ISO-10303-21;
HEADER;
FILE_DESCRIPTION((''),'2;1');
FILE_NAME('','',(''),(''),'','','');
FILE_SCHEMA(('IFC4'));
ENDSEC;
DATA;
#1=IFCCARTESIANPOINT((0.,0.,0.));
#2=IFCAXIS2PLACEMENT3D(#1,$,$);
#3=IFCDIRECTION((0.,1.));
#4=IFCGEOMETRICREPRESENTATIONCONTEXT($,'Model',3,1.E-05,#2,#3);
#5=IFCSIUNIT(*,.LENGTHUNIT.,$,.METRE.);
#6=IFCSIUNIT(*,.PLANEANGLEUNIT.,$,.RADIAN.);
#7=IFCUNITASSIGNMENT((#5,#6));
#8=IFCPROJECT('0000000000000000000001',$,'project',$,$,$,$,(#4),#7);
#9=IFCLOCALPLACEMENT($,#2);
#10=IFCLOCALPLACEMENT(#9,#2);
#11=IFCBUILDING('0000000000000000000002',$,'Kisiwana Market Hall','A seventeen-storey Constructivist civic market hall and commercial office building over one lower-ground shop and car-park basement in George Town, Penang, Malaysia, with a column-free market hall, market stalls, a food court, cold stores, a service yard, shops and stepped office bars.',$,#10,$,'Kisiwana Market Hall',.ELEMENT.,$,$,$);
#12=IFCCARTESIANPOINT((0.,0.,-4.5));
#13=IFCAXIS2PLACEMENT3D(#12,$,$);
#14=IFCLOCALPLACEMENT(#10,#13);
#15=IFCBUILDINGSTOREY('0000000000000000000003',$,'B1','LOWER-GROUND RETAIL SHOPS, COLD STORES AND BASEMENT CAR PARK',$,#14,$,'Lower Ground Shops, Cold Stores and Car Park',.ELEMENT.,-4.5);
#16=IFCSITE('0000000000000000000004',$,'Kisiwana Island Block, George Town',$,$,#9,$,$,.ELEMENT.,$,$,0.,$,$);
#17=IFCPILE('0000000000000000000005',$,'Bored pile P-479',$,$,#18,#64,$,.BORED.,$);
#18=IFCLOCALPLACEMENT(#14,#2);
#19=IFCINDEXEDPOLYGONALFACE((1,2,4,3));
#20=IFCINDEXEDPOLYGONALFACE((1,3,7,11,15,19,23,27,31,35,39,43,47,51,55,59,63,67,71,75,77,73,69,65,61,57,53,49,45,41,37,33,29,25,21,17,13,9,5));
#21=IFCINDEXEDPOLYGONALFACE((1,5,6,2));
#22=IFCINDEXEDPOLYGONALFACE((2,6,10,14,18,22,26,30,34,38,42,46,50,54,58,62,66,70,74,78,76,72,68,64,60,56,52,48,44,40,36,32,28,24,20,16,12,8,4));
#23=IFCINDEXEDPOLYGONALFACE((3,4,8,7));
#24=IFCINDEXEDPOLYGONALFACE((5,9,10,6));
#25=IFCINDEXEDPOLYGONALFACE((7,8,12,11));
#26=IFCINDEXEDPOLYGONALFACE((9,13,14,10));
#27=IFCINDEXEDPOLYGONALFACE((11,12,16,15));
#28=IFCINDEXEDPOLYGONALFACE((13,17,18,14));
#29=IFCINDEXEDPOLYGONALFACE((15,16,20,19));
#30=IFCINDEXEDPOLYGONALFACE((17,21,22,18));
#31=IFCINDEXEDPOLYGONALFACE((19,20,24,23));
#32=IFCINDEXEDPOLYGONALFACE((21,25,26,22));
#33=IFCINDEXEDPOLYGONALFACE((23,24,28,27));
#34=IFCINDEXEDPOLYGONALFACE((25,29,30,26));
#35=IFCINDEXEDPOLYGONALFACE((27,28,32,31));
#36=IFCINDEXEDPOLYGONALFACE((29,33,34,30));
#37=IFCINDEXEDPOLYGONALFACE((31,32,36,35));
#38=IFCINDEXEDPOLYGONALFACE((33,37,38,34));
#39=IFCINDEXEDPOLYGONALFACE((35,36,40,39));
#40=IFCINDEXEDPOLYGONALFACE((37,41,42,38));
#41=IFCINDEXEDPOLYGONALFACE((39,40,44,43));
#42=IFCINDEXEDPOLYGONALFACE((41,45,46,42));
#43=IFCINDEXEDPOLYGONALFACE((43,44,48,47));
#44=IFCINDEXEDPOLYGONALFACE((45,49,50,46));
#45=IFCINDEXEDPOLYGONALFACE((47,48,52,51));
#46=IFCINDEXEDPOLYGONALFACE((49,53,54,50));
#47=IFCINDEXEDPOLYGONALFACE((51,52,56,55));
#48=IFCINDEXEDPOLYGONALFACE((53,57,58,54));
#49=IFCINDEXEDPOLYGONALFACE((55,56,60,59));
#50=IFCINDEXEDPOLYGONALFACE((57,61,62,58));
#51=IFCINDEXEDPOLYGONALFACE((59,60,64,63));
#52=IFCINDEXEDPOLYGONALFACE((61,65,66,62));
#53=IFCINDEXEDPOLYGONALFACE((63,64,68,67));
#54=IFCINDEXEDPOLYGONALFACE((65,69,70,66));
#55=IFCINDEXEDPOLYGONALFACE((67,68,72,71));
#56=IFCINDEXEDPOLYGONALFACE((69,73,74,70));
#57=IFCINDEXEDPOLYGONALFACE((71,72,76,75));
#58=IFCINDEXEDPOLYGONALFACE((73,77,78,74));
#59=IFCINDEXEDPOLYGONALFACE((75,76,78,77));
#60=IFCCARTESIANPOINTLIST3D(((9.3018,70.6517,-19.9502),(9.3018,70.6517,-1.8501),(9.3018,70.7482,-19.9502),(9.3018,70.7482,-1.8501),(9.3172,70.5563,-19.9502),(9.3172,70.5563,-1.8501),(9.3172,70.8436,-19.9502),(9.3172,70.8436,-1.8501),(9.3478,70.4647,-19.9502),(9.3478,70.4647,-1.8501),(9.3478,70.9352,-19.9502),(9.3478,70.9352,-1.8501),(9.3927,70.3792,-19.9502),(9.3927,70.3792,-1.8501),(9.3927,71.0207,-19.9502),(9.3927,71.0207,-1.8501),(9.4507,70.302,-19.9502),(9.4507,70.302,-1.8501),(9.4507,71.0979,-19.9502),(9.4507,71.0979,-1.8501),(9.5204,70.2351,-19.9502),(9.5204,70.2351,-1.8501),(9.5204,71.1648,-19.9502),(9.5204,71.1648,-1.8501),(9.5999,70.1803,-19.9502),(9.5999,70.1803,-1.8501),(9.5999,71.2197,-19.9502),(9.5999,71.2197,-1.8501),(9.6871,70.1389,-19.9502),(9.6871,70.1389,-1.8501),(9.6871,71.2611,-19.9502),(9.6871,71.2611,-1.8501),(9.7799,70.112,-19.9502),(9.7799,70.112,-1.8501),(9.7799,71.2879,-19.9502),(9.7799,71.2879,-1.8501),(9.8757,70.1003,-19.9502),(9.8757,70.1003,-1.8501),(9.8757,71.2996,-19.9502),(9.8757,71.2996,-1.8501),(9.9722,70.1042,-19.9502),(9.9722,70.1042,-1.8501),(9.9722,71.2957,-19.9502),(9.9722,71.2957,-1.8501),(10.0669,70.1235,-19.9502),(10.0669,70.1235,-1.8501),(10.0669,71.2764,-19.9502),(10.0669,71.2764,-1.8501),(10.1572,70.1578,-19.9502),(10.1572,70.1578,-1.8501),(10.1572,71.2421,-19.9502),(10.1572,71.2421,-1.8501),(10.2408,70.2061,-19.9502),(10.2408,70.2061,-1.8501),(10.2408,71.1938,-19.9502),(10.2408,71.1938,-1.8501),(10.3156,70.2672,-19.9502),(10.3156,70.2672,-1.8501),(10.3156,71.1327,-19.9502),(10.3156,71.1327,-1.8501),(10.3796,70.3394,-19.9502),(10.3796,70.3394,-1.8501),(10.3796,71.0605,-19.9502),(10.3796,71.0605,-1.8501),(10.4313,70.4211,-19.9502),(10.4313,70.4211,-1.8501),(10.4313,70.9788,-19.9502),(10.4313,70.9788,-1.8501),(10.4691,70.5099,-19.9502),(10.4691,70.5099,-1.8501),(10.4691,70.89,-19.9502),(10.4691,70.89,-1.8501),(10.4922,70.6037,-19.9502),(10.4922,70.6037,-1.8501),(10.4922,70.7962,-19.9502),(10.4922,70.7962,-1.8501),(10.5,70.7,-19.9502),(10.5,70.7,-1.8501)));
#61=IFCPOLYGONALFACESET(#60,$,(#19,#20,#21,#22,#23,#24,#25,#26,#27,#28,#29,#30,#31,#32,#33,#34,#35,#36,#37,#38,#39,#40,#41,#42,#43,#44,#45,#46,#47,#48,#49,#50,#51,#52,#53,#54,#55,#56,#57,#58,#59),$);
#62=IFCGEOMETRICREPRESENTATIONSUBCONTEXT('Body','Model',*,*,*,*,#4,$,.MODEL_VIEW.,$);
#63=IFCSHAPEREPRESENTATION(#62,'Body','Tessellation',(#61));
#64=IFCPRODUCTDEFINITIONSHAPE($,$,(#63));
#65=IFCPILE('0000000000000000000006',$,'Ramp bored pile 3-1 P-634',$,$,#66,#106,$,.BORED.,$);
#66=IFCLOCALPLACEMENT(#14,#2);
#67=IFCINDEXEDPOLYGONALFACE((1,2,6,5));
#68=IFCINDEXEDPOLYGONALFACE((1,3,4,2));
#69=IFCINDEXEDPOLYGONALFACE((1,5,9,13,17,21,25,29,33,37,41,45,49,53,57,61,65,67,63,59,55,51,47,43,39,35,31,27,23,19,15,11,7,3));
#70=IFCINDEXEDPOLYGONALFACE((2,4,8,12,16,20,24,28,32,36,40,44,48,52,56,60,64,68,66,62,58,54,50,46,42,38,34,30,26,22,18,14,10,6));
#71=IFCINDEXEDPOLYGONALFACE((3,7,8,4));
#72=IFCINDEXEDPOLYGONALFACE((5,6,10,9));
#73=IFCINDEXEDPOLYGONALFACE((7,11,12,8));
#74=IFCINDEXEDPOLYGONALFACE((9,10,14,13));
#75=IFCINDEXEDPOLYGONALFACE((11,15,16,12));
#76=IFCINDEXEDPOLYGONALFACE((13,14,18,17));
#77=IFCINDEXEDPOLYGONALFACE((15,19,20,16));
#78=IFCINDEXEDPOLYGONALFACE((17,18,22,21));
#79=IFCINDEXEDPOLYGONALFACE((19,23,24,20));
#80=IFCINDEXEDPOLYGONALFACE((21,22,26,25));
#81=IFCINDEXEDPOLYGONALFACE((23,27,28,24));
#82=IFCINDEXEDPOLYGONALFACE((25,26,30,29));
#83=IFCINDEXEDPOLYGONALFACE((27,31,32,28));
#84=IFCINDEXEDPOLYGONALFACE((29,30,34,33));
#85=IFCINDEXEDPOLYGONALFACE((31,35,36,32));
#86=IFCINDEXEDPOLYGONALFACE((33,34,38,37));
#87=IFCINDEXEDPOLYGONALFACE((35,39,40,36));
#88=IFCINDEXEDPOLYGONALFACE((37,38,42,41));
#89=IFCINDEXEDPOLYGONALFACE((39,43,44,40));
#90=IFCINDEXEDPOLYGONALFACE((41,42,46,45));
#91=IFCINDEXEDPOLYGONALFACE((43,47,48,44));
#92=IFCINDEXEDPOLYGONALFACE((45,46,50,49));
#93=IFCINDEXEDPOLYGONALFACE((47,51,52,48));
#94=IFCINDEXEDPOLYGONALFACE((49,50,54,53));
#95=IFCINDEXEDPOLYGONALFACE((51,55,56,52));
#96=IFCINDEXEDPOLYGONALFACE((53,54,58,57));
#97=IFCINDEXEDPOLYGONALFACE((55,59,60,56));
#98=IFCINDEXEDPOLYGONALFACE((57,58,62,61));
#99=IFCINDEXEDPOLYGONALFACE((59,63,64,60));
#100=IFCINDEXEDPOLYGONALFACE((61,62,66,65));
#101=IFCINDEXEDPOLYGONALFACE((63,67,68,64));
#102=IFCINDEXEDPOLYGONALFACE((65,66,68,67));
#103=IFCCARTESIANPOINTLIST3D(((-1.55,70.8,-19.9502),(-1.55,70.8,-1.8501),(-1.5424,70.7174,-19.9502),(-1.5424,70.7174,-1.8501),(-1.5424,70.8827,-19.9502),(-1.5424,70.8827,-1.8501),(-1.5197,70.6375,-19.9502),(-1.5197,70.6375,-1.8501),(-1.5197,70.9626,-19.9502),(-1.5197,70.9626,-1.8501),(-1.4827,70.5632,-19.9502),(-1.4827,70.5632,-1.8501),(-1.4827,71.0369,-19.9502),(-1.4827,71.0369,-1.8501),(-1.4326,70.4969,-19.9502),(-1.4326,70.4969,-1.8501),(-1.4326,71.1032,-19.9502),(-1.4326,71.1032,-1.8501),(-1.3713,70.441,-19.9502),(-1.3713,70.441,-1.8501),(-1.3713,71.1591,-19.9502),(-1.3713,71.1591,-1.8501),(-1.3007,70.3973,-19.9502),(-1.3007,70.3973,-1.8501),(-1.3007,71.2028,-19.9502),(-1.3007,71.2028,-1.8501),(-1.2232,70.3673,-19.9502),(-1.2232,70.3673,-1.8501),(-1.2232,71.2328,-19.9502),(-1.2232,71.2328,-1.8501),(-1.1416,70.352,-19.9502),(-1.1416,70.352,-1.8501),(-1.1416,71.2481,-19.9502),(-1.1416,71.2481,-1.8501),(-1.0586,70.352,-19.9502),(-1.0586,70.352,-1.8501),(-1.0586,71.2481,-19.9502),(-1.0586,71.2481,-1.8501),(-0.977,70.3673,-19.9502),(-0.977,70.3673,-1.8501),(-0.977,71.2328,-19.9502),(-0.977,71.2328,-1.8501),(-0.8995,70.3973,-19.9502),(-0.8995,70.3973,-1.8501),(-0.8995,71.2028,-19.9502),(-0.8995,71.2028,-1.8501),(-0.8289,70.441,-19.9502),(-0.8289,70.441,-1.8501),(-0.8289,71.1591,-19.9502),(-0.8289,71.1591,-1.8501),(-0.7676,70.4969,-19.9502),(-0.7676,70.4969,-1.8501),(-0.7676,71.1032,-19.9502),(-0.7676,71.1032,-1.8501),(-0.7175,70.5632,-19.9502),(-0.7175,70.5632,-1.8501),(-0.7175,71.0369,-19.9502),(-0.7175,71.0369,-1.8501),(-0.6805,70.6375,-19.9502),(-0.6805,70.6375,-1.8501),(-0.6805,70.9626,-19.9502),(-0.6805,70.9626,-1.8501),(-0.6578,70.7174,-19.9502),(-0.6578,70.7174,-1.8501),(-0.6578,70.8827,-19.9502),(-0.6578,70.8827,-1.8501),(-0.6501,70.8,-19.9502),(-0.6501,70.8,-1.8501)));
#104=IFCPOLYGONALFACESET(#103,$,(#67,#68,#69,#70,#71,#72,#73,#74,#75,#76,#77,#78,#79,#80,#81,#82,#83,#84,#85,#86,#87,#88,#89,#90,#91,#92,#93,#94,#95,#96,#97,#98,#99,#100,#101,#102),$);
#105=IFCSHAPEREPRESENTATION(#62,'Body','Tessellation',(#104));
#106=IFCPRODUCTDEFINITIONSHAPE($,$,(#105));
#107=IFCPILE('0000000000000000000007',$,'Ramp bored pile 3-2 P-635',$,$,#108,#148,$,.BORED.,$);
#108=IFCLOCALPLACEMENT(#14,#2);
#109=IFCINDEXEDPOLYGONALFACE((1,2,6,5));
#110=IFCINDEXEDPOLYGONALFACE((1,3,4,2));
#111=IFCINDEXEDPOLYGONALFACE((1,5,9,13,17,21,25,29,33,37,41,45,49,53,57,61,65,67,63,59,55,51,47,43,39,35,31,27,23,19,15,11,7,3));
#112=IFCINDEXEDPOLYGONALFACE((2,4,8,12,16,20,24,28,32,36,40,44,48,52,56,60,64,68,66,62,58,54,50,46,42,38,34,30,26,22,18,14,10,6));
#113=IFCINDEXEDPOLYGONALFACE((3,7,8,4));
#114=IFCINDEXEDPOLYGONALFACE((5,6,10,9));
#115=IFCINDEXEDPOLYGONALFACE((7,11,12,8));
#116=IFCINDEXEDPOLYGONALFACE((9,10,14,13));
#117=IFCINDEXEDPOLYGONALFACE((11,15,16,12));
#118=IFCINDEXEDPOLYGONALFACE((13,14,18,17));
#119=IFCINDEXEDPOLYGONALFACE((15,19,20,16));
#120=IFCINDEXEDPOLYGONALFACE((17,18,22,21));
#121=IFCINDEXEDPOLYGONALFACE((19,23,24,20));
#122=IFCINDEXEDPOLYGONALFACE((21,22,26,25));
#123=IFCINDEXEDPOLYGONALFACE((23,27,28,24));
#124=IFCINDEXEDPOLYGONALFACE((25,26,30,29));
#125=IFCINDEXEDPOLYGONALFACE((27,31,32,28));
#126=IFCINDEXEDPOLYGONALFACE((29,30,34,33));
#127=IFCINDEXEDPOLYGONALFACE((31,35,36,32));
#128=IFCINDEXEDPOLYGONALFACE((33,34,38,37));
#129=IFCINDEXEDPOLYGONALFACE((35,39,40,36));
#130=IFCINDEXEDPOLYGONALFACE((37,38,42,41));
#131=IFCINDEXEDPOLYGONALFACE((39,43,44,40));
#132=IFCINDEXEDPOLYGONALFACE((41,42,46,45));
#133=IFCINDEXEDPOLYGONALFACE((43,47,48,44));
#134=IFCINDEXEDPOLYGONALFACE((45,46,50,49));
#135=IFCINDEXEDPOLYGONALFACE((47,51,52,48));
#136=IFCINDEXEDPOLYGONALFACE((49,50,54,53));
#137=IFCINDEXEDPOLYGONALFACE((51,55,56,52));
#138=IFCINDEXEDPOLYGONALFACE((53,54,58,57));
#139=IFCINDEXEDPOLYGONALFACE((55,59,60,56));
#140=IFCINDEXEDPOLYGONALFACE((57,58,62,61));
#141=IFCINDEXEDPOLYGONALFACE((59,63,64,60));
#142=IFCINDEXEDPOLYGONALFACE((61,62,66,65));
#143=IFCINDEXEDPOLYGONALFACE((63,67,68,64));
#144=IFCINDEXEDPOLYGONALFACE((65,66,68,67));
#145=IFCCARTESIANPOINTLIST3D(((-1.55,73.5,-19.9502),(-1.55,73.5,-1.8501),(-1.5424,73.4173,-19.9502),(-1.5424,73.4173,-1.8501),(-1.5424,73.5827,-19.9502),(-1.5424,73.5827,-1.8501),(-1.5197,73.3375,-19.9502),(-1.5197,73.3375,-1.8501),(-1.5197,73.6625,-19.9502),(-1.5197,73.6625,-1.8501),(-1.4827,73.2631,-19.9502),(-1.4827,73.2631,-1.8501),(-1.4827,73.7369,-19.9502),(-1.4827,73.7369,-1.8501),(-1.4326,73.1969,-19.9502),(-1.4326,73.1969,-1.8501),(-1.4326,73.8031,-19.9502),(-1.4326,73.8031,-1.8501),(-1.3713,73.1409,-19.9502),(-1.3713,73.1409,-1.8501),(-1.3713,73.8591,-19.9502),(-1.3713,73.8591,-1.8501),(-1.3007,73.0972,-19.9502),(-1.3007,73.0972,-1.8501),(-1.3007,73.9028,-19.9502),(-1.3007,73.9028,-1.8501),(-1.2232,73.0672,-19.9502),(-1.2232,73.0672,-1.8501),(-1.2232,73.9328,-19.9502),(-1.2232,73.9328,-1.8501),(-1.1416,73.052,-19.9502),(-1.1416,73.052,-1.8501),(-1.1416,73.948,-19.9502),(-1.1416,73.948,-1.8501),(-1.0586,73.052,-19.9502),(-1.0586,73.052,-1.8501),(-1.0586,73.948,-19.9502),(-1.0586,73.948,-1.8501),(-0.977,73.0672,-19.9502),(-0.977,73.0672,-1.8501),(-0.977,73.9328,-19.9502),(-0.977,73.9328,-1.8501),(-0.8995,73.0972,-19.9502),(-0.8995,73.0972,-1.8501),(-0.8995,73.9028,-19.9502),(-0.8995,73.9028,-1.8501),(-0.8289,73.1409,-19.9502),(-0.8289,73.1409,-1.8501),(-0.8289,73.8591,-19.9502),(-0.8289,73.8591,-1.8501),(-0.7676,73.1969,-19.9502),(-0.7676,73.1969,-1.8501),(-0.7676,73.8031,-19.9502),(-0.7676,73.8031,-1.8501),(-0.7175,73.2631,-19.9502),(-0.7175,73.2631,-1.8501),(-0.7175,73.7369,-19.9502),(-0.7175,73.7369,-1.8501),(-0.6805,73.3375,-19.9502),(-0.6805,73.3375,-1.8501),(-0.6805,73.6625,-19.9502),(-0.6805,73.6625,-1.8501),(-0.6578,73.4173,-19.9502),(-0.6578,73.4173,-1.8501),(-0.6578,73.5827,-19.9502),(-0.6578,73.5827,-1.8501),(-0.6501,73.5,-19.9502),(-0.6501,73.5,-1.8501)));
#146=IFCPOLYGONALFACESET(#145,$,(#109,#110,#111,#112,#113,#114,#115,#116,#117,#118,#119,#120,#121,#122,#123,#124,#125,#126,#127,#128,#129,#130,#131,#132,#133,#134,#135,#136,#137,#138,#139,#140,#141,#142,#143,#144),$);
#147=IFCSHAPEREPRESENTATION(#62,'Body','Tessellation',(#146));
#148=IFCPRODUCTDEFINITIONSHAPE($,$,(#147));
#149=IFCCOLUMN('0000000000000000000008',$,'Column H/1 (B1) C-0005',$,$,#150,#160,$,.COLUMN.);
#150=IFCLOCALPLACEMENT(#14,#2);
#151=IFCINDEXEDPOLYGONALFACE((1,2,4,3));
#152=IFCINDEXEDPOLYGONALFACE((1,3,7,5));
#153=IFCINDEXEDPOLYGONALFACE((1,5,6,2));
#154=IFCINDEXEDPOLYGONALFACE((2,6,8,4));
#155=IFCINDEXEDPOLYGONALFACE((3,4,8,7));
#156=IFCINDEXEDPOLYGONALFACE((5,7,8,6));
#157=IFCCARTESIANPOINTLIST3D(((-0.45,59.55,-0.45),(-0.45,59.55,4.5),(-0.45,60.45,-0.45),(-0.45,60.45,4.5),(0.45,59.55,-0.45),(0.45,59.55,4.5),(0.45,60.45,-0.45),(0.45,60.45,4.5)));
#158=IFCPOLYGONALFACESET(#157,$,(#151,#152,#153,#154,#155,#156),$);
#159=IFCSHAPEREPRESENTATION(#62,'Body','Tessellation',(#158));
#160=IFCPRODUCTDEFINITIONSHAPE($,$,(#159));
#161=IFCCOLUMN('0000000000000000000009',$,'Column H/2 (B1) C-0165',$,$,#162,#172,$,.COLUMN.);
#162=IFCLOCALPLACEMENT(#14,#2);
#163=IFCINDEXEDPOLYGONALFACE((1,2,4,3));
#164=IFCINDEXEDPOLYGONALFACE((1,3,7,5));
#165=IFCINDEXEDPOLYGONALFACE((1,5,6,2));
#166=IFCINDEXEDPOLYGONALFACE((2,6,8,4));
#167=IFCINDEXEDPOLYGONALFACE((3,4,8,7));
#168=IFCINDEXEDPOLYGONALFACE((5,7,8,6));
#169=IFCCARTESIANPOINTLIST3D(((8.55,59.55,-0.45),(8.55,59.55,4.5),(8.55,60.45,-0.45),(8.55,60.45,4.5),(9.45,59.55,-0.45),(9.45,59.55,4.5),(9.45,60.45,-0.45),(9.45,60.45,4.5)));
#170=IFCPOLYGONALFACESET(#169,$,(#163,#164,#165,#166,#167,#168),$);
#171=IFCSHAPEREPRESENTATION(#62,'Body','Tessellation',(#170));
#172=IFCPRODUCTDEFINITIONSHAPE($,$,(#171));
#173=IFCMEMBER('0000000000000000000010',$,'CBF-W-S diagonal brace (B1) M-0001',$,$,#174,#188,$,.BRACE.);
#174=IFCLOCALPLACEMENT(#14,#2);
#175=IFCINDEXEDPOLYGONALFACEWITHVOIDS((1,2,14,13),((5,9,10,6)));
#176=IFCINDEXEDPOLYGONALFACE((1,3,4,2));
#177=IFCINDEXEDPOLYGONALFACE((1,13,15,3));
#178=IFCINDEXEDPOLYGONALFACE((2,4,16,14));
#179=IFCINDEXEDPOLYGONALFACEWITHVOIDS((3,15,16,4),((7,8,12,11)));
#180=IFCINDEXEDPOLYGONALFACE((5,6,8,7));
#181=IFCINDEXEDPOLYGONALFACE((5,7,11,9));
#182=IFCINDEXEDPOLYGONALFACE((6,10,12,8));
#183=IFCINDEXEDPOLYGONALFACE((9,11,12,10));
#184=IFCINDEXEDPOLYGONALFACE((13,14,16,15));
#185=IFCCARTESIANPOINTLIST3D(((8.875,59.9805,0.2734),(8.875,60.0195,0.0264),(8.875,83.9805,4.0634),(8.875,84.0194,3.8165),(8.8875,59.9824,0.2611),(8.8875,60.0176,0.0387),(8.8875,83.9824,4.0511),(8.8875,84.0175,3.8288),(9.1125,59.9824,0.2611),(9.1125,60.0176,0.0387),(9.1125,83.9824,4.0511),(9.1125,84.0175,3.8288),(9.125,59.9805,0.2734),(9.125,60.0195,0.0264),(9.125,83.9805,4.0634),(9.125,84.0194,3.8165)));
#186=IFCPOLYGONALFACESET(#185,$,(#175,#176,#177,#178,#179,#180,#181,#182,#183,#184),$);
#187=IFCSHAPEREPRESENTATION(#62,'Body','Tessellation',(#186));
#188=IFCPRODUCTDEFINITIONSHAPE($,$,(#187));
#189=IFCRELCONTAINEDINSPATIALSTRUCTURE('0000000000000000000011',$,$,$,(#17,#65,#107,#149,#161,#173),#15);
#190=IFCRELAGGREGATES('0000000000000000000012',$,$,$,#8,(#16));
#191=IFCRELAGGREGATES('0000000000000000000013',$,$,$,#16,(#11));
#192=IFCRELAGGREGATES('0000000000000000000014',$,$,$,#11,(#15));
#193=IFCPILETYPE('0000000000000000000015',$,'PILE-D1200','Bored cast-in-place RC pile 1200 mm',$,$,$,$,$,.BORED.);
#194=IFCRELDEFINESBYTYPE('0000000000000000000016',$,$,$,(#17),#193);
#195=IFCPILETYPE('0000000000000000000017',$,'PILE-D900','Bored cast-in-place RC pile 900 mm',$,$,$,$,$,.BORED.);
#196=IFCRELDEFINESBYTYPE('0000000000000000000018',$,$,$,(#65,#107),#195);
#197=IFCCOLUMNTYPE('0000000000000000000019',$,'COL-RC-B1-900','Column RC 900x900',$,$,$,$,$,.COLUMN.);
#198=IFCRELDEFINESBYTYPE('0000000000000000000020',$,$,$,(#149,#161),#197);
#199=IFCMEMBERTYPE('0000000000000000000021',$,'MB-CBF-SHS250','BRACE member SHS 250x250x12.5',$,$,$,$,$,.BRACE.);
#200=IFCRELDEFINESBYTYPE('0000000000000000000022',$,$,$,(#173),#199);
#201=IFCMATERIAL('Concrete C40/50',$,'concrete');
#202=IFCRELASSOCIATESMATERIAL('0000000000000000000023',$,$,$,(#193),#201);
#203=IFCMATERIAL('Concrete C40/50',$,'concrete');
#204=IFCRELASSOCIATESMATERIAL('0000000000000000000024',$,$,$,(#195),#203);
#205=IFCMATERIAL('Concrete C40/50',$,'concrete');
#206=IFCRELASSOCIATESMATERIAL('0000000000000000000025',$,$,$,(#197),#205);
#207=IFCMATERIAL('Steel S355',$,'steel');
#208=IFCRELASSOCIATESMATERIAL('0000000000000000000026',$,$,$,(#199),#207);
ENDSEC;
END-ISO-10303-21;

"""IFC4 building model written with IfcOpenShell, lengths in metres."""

from ifc_helpers import new_model, si_unit, direction, frame, origin, origin_2d, place, context, subcontext, project, spatial, rectangle, hollow_rectangle, circle, extrude, material, material_profile, profile_set, type_object, element, save


model = new_model("IFC4")

# Units and contexts
model_context = context("Model", 3, precision=1e-05, world=origin(), true_north=direction((0.0, 1.0)))
body_context = subcontext(model_context, "Body", "Model", "MODEL_VIEW")
ifc_project = project(units=[si_unit("LENGTHUNIT", "METRE"), si_unit("PLANEANGLEUNIT", "RADIAN")], contexts=[model_context])

# Site, building, storey
site_placement = place(None, origin())
site = spatial("IfcSite", under=ifc_project, at=site_placement, Name="Kisiwana Island Block, George Town", CompositionType="ELEMENT", RefElevation=0.0)
building_placement = place(site_placement, origin())
building = spatial("IfcBuilding", under=site, at=building_placement, Name="Kisiwana Market Hall", Description="A seventeen-storey Constructivist civic market hall and commercial office building over one lower-ground shop and car-park basement in George Town, Penang, Malaysia, with a column-free market hall, market stalls, a food court, cold stores, a service yard, shops and stepped office bars.", LongName="Kisiwana Market Hall", CompositionType="ELEMENT")
storey_placement = place(building_placement, frame((0.0, 0.0, -4.5)))
storey = spatial("IfcBuildingStorey", under=building, at=storey_placement, Name="B1", Description="LOWER-GROUND RETAIL SHOPS, COLD STORES AND BASEMENT CAR PARK", LongName="Lower Ground Shops, Cold Stores and Car Park", CompositionType="ELEMENT", Elevation=-4.5)

# Piles
ifc_material_1 = material(Name="Concrete C40/50", Category="concrete")
ifc_material_profile_1 = material_profile(ifc_material_1, circle(Radius=0.6001, at=origin_2d()), Name="BP D1200")
ifc_profile_set_1 = profile_set([ifc_material_profile_1], Name="Concrete C40/50")
pile_type_1 = type_object("IfcPileType", Name="PILE-D1200", Description="Bored cast-in-place RC pile 1200 mm", PredefinedType="BORED", material=ifc_profile_set_1)
for number, where, z_axis, x_axis, name in (
    (1, (9.8999, 70.7, -1.8501), (0.0, 0.0, -1.0), (1.0, 0.0, 0.0), "Bored pile P-479"),
):
    element("IfcPile", number, at=place(storey_placement, frame(where, z_axis=z_axis, x_axis=x_axis)), inside=storey, type_object=pile_type_1, Name=name, PredefinedType="BORED", context=body_context, shape_type="SweptSolid", body=[
        extrude(circle(Radius=0.6001, at=origin_2d()), origin(), (0.0, 0.0, 1.0), 18.1001),
    ])
ifc_material_2 = material(Name="Concrete C40/50", Category="concrete")
ifc_material_profile_2 = material_profile(ifc_material_2, circle(Radius=0.45, at=origin_2d()), Name="BP D900")
ifc_profile_set_2 = profile_set([ifc_material_profile_2], Name="Concrete C40/50")
pile_type_2 = type_object("IfcPileType", Name="PILE-D900", Description="Bored cast-in-place RC pile 900 mm", PredefinedType="BORED", material=ifc_profile_set_2)
for number, where, z_axis, x_axis, name in (
    (2, (-1.1001, 70.8, -1.8501), (0.0, 0.0, -1.0), (1.0, 0.0, 0.0), "Ramp bored pile 3-1 P-634"),
    (3, (-1.1001, 73.5, -1.8501), (0.0, 0.0, -1.0), (1.0, 0.0, 0.0), "Ramp bored pile 3-2 P-635"),
):
    element("IfcPile", number, at=place(storey_placement, frame(where, z_axis=z_axis, x_axis=x_axis)), inside=storey, type_object=pile_type_2, Name=name, PredefinedType="BORED", context=body_context, shape_type="SweptSolid", body=[
        extrude(circle(Radius=0.45, at=origin_2d()), origin(), (0.0, 0.0, 1.0), 18.1001),
    ])

# Columns
ifc_material_3 = material(Name="Concrete C40/50", Category="concrete")
ifc_material_profile_3 = material_profile(ifc_material_3, rectangle(XDim=0.8999, YDim=0.8999, at=origin_2d()), Name="RC 900x900")
ifc_profile_set_3 = profile_set([ifc_material_profile_3], Name="Concrete C40/50")
column_type = type_object("IfcColumnType", Name="COL-RC-B1-900", Description="Column RC 900x900", PredefinedType="COLUMN", material=ifc_profile_set_3)
for number, where, z_axis, x_axis, name in (
    (4, (0.0, 60.0, -0.45), (0.0, 0.0, 1.0), (1.0, 0.0, 0.0), "Column H/1 (B1) C-0005"),
    (5, (9.0, 60.0, -0.45), (0.0, 0.0, 1.0), (1.0, 0.0, 0.0), "Column H/2 (B1) C-0165"),
):
    element("IfcColumn", number, at=place(storey_placement, frame(where, z_axis=z_axis, x_axis=x_axis)), inside=storey, type_object=column_type, Name=name, PredefinedType="COLUMN", context=body_context, shape_type="SweptSolid", body=[
        extrude(rectangle(XDim=0.8999, YDim=0.8999, at=origin_2d()), origin(), (0.0, 0.0, 1.0), 4.95),
    ])

# Member
ifc_material_4 = material(Name="Steel S355", Category="steel")
ifc_material_profile_4 = material_profile(ifc_material_4, hollow_rectangle(XDim=0.25, YDim=0.25, WallThickness=0.0125, at=origin_2d()), Name="SHS 250x250x12.5")
ifc_profile_set_4 = profile_set([ifc_material_profile_4], Name="Steel S355")
member_type = type_object("IfcMemberType", Name="MB-CBF-SHS250", Description="BRACE member SHS 250x250x12.5", PredefinedType="BRACE", material=ifc_profile_set_4)
member_placement = place(storey_placement, frame((9.0, 60.0, 0.1499), z_axis=(0.0, 0.987759, 0.155985), x_axis=(-1.0, 0.0, 0.0)))
element("IfcMember", 6, at=member_placement, inside=storey, type_object=member_type, Name="CBF-W-S diagonal brace (B1) M-0001", PredefinedType="BRACE", context=body_context, shape_type="SweptSolid", body=[
    extrude(hollow_rectangle(XDim=0.25, YDim=0.25, WallThickness=0.0125, at=origin_2d()), origin(), (0.0, 0.0, 1.0), 24.2974),
])

save(model, "model.ifc")
